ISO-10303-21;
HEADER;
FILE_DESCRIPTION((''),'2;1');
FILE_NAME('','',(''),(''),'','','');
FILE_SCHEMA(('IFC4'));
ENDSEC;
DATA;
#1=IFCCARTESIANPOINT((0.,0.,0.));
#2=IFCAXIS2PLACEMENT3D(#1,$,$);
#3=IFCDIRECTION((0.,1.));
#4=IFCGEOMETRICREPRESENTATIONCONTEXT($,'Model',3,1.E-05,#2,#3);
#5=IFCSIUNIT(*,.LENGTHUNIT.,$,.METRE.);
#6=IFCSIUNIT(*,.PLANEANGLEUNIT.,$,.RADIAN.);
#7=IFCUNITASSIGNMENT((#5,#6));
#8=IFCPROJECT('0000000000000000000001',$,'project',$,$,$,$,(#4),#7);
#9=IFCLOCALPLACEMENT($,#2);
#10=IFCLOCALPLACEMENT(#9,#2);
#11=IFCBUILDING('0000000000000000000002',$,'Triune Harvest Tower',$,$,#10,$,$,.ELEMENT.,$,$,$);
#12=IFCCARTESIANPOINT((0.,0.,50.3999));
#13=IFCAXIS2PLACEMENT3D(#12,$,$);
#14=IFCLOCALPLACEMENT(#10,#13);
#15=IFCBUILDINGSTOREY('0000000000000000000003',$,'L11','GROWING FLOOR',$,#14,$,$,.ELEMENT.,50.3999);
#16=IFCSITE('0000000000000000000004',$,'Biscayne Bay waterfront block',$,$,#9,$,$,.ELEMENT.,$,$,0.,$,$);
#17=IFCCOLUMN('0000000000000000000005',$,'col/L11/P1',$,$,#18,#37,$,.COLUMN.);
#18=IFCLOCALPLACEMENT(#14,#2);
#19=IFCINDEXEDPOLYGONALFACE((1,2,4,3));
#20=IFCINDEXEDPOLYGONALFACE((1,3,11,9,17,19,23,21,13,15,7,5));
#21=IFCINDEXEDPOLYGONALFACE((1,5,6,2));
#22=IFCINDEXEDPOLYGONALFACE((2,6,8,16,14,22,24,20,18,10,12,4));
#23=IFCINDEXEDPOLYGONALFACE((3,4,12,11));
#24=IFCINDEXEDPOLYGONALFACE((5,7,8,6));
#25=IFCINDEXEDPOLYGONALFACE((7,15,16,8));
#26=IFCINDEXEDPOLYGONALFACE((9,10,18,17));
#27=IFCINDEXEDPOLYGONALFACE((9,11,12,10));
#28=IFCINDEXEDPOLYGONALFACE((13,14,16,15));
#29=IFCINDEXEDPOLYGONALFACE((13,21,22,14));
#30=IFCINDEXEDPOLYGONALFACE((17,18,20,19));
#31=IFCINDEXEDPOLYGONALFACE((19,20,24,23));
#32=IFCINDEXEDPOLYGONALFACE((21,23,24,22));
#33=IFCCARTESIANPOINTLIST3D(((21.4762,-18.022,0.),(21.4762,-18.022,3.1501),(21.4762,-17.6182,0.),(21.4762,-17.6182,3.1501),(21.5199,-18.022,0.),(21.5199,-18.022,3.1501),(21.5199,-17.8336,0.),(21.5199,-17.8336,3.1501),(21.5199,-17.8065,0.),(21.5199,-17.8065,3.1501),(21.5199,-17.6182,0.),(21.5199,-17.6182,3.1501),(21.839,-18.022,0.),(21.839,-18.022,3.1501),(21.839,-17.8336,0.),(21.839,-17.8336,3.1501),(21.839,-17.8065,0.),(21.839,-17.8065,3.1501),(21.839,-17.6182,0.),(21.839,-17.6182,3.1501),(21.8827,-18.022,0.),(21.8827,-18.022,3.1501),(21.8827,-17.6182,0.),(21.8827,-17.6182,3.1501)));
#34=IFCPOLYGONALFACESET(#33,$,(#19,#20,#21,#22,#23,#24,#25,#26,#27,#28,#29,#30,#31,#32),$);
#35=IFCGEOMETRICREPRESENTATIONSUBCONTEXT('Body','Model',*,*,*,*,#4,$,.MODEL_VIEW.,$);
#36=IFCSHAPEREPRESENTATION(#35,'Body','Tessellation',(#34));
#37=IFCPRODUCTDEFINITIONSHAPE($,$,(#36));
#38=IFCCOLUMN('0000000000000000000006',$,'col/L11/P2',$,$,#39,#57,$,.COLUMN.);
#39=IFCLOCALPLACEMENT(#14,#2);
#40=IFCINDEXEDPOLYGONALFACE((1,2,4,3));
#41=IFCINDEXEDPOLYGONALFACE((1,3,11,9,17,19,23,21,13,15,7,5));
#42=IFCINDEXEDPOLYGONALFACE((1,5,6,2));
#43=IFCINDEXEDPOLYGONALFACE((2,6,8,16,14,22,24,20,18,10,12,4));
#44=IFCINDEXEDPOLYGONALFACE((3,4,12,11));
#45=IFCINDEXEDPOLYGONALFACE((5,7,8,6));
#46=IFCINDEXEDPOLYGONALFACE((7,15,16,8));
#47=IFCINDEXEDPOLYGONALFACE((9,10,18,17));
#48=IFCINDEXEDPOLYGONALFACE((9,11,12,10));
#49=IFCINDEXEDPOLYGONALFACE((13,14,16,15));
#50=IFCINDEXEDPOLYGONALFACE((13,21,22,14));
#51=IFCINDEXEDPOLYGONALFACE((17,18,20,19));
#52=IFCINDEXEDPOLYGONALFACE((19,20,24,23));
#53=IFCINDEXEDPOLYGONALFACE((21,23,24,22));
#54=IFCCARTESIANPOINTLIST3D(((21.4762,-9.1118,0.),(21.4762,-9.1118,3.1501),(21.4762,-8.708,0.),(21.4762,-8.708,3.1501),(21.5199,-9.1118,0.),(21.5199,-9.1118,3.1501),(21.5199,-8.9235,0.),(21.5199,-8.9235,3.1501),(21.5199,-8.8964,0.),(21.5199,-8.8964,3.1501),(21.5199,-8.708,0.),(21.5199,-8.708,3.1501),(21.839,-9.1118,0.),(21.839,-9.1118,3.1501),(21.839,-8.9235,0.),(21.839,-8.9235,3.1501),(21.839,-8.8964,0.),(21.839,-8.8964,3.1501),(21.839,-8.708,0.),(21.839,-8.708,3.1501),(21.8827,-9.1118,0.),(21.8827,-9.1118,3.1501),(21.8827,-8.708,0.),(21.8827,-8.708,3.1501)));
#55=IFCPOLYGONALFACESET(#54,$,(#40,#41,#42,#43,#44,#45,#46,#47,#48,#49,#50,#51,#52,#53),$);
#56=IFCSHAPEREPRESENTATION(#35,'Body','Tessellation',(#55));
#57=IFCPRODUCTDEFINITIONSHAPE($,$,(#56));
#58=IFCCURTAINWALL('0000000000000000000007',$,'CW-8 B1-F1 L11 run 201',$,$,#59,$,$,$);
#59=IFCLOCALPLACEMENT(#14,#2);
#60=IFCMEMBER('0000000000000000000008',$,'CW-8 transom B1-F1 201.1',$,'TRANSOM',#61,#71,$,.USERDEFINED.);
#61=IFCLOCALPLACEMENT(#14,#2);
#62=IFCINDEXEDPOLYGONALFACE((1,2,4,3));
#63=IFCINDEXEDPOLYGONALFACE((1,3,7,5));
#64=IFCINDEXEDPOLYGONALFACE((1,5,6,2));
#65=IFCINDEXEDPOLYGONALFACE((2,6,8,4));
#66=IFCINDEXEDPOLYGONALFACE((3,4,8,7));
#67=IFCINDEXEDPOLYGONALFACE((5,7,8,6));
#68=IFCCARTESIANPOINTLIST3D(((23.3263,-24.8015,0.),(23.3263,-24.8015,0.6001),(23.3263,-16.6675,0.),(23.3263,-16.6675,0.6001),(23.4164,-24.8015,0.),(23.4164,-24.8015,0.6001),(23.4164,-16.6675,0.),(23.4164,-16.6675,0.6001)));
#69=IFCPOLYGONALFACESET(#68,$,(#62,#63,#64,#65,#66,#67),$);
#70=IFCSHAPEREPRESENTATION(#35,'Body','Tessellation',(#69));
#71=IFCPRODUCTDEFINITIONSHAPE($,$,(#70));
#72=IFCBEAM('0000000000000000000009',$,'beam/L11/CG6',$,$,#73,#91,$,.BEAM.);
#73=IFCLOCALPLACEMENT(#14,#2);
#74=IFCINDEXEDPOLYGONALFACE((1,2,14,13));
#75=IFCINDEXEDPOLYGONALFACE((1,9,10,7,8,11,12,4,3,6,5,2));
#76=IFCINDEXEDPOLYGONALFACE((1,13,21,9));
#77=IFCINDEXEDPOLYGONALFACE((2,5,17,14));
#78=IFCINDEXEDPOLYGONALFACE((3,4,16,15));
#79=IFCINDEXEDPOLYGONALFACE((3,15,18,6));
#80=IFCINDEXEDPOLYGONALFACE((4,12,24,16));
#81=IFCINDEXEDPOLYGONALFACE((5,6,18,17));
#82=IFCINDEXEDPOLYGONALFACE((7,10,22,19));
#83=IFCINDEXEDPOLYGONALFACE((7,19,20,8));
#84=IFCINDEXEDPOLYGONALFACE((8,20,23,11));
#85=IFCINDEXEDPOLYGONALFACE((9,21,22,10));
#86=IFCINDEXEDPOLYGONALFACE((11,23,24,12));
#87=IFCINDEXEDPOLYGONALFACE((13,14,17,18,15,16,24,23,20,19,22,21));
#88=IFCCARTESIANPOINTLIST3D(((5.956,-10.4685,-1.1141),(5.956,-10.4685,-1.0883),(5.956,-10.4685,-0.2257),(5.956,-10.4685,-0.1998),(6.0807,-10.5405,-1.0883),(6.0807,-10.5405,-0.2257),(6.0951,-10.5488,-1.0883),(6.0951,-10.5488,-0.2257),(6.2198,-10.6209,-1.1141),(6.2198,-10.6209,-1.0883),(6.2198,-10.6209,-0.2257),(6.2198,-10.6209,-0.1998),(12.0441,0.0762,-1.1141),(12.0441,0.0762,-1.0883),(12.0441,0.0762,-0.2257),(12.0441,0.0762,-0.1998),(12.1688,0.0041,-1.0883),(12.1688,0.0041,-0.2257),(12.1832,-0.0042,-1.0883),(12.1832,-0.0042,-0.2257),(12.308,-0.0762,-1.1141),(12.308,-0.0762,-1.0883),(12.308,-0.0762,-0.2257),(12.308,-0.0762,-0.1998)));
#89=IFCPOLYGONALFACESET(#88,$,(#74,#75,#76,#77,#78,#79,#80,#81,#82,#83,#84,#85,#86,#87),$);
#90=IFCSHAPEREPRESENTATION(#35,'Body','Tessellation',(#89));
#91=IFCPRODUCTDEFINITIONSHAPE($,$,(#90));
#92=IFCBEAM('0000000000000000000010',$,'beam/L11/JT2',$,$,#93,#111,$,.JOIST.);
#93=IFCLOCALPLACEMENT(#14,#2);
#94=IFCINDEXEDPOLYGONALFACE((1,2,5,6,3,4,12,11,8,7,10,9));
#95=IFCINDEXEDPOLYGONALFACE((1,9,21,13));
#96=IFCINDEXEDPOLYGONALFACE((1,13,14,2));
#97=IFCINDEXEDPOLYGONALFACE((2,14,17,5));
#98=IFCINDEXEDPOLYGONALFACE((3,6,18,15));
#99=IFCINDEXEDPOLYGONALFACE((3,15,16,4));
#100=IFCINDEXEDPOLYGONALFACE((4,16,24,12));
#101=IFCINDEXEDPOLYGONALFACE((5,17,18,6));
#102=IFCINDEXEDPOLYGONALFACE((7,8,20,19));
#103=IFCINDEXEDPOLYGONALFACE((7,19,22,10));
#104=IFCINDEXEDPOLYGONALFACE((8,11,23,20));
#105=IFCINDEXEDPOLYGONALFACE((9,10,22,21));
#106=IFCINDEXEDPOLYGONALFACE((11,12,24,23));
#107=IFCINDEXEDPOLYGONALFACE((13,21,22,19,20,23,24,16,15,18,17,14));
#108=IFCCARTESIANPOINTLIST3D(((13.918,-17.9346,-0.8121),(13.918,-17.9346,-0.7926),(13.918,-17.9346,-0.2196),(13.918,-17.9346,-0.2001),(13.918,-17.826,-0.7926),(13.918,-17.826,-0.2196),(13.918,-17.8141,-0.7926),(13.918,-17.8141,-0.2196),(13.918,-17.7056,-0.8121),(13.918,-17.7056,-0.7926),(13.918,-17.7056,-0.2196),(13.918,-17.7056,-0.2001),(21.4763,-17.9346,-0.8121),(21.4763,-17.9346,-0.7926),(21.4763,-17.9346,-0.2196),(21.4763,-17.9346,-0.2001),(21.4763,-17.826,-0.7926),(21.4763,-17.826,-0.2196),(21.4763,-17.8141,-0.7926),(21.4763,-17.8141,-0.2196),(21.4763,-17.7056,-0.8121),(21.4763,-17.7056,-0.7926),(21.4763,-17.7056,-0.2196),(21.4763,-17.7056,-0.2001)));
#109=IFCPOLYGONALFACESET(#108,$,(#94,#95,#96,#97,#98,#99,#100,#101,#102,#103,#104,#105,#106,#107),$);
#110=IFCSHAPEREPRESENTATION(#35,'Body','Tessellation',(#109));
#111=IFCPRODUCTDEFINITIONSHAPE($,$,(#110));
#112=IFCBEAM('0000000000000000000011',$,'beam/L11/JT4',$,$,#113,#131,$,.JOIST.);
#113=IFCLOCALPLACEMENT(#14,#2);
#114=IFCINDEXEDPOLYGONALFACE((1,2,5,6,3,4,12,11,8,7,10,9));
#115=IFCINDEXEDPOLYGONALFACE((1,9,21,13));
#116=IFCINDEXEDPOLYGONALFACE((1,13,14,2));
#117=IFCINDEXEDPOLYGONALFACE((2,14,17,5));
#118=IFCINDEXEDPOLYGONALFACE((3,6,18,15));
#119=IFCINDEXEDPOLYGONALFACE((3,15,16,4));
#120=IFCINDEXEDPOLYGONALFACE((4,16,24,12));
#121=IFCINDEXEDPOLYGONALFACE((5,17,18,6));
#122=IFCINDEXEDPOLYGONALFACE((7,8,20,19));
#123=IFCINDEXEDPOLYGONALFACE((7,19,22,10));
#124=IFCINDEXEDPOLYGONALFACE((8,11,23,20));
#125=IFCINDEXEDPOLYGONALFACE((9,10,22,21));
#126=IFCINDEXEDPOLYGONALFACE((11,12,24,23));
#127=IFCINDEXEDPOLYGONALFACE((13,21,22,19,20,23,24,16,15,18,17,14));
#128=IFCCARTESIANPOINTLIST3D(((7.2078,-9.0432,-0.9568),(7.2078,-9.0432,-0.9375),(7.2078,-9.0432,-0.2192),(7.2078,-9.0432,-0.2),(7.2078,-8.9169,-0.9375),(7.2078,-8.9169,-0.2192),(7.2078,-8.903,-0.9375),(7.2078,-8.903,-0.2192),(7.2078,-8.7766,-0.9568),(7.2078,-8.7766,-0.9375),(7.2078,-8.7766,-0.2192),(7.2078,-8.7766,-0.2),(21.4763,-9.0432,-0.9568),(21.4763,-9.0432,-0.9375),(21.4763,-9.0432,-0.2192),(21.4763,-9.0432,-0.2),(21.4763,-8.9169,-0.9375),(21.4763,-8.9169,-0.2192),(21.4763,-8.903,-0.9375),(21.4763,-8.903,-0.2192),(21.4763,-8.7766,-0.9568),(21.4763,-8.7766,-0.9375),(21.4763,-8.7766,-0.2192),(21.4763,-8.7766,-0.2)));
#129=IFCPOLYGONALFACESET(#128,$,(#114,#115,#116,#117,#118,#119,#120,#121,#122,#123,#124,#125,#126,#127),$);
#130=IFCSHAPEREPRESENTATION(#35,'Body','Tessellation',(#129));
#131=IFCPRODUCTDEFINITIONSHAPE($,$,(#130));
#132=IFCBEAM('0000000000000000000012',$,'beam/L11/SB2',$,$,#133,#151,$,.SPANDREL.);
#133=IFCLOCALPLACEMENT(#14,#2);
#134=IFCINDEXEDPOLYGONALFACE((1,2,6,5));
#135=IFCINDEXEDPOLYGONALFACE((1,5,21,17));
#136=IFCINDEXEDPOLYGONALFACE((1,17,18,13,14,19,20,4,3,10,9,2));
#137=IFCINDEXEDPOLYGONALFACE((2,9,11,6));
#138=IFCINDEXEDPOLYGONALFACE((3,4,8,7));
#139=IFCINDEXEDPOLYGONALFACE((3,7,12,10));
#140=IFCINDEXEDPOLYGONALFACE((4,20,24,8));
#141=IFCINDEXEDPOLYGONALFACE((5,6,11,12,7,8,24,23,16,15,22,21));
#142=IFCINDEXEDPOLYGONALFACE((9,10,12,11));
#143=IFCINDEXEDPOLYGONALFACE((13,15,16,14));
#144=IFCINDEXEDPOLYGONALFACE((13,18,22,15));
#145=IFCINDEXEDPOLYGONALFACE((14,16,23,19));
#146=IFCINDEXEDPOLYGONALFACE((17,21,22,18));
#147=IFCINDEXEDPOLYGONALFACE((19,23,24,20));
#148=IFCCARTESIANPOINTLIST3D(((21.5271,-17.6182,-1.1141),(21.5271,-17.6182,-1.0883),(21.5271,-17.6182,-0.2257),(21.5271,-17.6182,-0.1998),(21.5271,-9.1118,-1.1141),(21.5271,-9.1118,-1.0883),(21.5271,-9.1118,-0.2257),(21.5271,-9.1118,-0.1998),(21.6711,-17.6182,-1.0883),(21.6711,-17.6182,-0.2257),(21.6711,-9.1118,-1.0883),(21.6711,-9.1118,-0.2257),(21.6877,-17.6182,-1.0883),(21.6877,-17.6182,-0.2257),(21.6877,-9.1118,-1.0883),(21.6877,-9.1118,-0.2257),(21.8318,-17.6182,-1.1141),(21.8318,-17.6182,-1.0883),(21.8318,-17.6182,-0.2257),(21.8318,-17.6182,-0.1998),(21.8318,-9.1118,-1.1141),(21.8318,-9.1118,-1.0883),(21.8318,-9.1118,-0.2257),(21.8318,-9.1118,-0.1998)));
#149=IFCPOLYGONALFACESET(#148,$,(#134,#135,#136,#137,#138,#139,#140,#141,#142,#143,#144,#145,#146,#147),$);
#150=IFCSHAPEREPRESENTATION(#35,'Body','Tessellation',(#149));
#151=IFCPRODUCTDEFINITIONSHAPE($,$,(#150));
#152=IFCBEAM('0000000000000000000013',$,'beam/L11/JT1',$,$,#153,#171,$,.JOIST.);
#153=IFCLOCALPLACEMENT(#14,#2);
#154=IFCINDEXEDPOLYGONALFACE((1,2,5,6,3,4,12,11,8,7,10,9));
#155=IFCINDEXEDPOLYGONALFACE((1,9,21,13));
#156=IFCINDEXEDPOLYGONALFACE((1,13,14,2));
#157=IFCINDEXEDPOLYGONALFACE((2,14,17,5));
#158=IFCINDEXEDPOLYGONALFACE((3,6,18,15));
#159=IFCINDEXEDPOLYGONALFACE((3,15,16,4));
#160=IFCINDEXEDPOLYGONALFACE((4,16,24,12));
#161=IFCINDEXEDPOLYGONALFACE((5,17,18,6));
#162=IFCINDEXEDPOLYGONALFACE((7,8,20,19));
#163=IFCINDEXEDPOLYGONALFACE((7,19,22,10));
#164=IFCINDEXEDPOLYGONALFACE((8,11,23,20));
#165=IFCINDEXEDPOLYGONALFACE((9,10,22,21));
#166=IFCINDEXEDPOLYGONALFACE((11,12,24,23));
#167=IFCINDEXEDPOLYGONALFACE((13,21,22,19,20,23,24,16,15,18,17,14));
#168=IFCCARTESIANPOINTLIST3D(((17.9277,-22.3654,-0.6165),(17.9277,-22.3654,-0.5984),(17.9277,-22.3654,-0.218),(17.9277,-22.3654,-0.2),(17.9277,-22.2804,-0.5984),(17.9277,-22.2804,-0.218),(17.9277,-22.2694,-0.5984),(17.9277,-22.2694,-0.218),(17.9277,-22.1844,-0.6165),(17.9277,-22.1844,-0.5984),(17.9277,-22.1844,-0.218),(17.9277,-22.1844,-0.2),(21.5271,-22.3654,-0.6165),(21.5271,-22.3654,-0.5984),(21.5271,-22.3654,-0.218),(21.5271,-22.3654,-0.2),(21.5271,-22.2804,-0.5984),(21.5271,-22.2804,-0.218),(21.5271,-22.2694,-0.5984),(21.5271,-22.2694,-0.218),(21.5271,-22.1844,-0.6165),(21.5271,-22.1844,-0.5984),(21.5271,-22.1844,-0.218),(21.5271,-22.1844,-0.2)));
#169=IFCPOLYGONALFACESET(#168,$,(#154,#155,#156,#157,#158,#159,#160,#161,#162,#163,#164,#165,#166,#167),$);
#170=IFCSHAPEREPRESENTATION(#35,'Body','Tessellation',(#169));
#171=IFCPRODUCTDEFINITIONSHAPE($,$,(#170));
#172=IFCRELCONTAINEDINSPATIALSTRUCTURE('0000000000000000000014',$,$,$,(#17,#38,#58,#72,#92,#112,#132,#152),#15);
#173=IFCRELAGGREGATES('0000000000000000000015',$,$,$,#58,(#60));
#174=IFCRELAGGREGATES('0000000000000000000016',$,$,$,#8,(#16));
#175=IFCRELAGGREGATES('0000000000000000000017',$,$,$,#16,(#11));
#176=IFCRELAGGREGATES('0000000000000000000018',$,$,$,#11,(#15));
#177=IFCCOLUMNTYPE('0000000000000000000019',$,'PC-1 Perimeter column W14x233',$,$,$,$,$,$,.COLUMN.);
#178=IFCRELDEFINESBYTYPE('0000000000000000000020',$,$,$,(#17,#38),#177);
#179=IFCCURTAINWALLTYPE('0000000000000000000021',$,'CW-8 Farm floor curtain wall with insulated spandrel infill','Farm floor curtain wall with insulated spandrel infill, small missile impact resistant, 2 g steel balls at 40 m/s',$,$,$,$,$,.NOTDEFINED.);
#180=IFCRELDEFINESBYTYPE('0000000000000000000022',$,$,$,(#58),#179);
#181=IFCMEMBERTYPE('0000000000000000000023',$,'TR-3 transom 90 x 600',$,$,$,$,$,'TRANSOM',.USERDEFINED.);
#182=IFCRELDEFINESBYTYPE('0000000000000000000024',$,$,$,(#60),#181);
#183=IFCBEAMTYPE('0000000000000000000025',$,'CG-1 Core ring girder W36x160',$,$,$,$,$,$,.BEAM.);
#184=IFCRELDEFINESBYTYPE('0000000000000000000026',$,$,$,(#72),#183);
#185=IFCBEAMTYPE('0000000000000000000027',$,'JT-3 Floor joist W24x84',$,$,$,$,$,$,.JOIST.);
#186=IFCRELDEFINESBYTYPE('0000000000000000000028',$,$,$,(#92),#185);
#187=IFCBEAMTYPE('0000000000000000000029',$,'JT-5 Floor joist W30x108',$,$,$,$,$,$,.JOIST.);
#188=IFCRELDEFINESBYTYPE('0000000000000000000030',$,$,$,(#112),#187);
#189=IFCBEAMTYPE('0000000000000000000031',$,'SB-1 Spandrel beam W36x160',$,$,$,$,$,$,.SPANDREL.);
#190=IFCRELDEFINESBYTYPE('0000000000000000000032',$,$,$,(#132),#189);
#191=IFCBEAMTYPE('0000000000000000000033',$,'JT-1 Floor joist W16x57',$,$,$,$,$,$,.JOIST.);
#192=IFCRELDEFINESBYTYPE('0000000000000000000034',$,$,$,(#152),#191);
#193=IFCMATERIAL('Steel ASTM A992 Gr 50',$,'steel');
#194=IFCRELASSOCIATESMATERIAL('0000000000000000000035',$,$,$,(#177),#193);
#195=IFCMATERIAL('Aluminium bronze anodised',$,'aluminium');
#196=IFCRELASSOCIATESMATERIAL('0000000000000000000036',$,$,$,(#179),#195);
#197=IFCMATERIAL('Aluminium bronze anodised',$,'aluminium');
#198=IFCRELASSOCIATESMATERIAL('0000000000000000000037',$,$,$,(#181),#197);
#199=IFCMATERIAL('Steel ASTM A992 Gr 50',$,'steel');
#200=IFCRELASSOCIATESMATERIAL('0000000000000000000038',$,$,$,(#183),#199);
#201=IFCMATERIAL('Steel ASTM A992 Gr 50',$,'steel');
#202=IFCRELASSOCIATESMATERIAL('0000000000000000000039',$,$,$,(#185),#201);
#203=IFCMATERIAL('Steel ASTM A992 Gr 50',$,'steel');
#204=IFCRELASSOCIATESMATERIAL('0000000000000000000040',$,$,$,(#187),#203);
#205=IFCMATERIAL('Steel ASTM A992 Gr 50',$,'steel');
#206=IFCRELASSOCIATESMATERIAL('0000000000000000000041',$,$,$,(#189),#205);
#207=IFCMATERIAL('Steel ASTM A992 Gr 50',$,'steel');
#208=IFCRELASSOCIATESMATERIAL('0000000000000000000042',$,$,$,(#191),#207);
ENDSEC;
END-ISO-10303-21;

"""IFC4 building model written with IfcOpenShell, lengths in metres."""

from ifc_helpers import new_model, si_unit, direction, frame, origin, origin_2d, place, context, subcontext, project, spatial, rectangle, i_section, extrude, source, transform, mapped, material, material_profile, profile_set, type_object, element, aggregate, save


model = new_model("IFC4")

# Units and contexts
model_context = context("Model", 3, precision=1e-05, world=origin(), true_north=direction((0.0, 1.0)))
body_context = subcontext(model_context, "Body", "Model", "MODEL_VIEW")
ifc_project = project(units=[si_unit("LENGTHUNIT", "METRE"), si_unit("PLANEANGLEUNIT", "RADIAN")], contexts=[model_context])

# Site, building, storey
site_placement = place(None, origin())
site = spatial("IfcSite", under=ifc_project, at=site_placement, Name="Biscayne Bay waterfront block", CompositionType="ELEMENT", RefElevation=0.0)
building_placement = place(site_placement, origin())
building = spatial("IfcBuilding", under=site, at=building_placement, Name="Triune Harvest Tower", CompositionType="ELEMENT")
storey_placement = place(building_placement, frame((0.0, 0.0, 50.3999)))
storey = spatial("IfcBuildingStorey", under=building, at=storey_placement, Name="L11", Description="GROWING FLOOR", CompositionType="ELEMENT", Elevation=50.3999)

# Columns
ifc_material_1 = material(Name="Steel ASTM A992 Gr 50", Category="steel")
ifc_material_profile_1 = material_profile(ifc_material_1, i_section(OverallWidth=0.4038, OverallDepth=0.4065, WebThickness=0.0271, FlangeThickness=0.0437, at=origin_2d()), Name="W14x233")
ifc_profile_set_1 = profile_set([ifc_material_profile_1], Name="Steel ASTM A992 Gr 50")
column_type = type_object("IfcColumnType", Name="PC-1 Perimeter column W14x233", PredefinedType="COLUMN", material=ifc_profile_set_1)
shared_shape_1 = source(origin(), body_context, "Body", "SweptSolid", [
    extrude(i_section(OverallWidth=0.4038, OverallDepth=0.4065, WebThickness=0.0271, FlangeThickness=0.0437, at=origin_2d()), origin(), (0.0, 0.0, 1.0), 3.1501),
])
for number, where, z_axis, x_axis, name in (
    (1, (21.6794, -17.8201, 0.0), (0.0, 0.0, 1.0), (0.0, 1.0, 0.0), "col/L11/P1"),
    (2, (21.6794, -8.9099, 0.0), (0.0, 0.0, 1.0), (0.0, 1.0, 0.0), "col/L11/P2"),
):
    element("IfcColumn", number, at=place(storey_placement, frame(where, z_axis=z_axis, x_axis=x_axis)), inside=storey, type_object=column_type, Name=name, PredefinedType="COLUMN", context=body_context, shape_type="MappedRepresentation", body=[
        mapped(shared_shape_1, transform((0.0, 0.0, 0.0), scale=1.0)),
    ])

# Curtain wall, member
ifc_material_2 = material(Name="Aluminium bronze anodised", Category="aluminium")
curtain_wall_type_1 = type_object("IfcCurtainWallType", Name="CW-8 Farm floor curtain wall with insulated spandrel infill", Description="Farm floor curtain wall with insulated spandrel infill, small missile impact resistant, 2 g steel balls at 40 m/s", PredefinedType="NOTDEFINED", material=ifc_material_2)
curtain_wall_1_placement = place(storey_placement, origin())
curtain_wall_1 = element("IfcCurtainWall", 3, at=curtain_wall_1_placement, inside=storey, type_object=curtain_wall_type_1, Name="CW-8 B1-F1 L11 run 201")
ifc_material_3 = material(Name="Aluminium bronze anodised", Category="aluminium")
ifc_material_profile_2 = material_profile(ifc_material_3, rectangle(XDim=0.0901, YDim=0.6001, at=origin_2d()), Name="TR-3 transom 90 x 600")
ifc_profile_set_2 = profile_set([ifc_material_profile_2], Name="Aluminium bronze anodised")
member_type_1 = type_object("IfcMemberType", Name="TR-3 transom 90 x 600", ElementType="TRANSOM", PredefinedType="USERDEFINED", material=ifc_profile_set_2)
member_1_placement = place(storey_placement, frame((23.3713, -24.8015, 0.3), z_axis=(0.0, 1.0, 0.0), x_axis=(-1.0, 0.0, 0.0)))
member_1 = element("IfcMember", 4, at=member_1_placement, type_object=member_type_1, Name="CW-8 transom B1-F1 201.1", ObjectType="TRANSOM", PredefinedType="USERDEFINED", context=body_context, shape_type="SweptSolid", body=[
    extrude(rectangle(XDim=0.0901, YDim=0.6001, at=origin_2d()), origin(), (0.0, 0.0, 1.0), 8.134),
])

# Beams
ifc_material_4 = material(Name="Steel ASTM A992 Gr 50", Category="steel")
ifc_material_profile_3 = material_profile(ifc_material_4, i_section(OverallWidth=0.3047, OverallDepth=0.9143, WebThickness=0.0166, FlangeThickness=0.0259, at=origin_2d()), Name="W36x160")
ifc_profile_set_3 = profile_set([ifc_material_profile_3], Name="Steel ASTM A992 Gr 50")
beam_type_1 = type_object("IfcBeamType", Name="CG-1 Core ring girder W36x160", PredefinedType="BEAM", material=ifc_profile_set_3)
shared_shape_2 = source(origin(), body_context, "Body", "SweptSolid", [
    extrude(i_section(OverallWidth=0.3047, OverallDepth=0.9143, WebThickness=0.0166, FlangeThickness=0.0259, at=origin_2d()), origin(), (0.0, 0.0, 1.0), 12.176),
])
beam_1_placement = place(storey_placement, frame((6.0879, -10.5447, -0.657), z_axis=(0.50001, 0.86602, 0.0), x_axis=(-0.86602, 0.50001, 0.0)))
element("IfcBeam", 5, at=beam_1_placement, inside=storey, type_object=beam_type_1, Name="beam/L11/CG6", PredefinedType="BEAM", context=body_context, shape_type="MappedRepresentation", body=[
    mapped(shared_shape_2, transform((0.0, 0.0, 0.0), scale=1.0)),
])
ifc_material_5 = material(Name="Steel ASTM A992 Gr 50", Category="steel")
ifc_material_profile_4 = material_profile(ifc_material_5, i_section(OverallWidth=0.229, OverallDepth=0.6121, WebThickness=0.012, FlangeThickness=0.0195, at=origin_2d()), Name="W24x84")
ifc_profile_set_4 = profile_set([ifc_material_profile_4], Name="Steel ASTM A992 Gr 50")
beam_type_2 = type_object("IfcBeamType", Name="JT-3 Floor joist W24x84", PredefinedType="JOIST", material=ifc_profile_set_4)
shared_shape_3 = source(origin(), body_context, "Body", "SweptSolid", [
    extrude(i_section(OverallWidth=0.229, OverallDepth=0.6121, WebThickness=0.012, FlangeThickness=0.0195, at=origin_2d()), origin(), (0.0, 0.0, 1.0), 7.5583),
])
beam_2_placement = place(storey_placement, frame((21.4763, -17.8201, -0.5061), z_axis=(-1.0, 0.0, 0.0), x_axis=(0.0, -1.0, 0.0)))
element("IfcBeam", 6, at=beam_2_placement, inside=storey, type_object=beam_type_2, Name="beam/L11/JT2", PredefinedType="JOIST", context=body_context, shape_type="MappedRepresentation", body=[
    mapped(shared_shape_3, transform((0.0, 0.0, 0.0), scale=1.0)),
])
ifc_material_6 = material(Name="Steel ASTM A992 Gr 50", Category="steel")
ifc_material_profile_5 = material_profile(ifc_material_6, i_section(OverallWidth=0.2666, OverallDepth=0.7568, WebThickness=0.0139, FlangeThickness=0.0193, at=origin_2d()), Name="W30x108")
ifc_profile_set_5 = profile_set([ifc_material_profile_5], Name="Steel ASTM A992 Gr 50")
beam_type_3 = type_object("IfcBeamType", Name="JT-5 Floor joist W30x108", PredefinedType="JOIST", material=ifc_profile_set_5)
shared_shape_4 = source(origin(), body_context, "Body", "SweptSolid", [
    extrude(i_section(OverallWidth=0.2666, OverallDepth=0.7568, WebThickness=0.0139, FlangeThickness=0.0193, at=origin_2d()), origin(), (0.0, 0.0, 1.0), 14.2686),
])
beam_3_placement = place(storey_placement, frame((21.4763, -8.9099, -0.5784), z_axis=(-1.0, 0.0, 0.0), x_axis=(0.0, -1.0, 0.0)))
element("IfcBeam", 7, at=beam_3_placement, inside=storey, type_object=beam_type_3, Name="beam/L11/JT4", PredefinedType="JOIST", context=body_context, shape_type="MappedRepresentation", body=[
    mapped(shared_shape_4, transform((0.0, 0.0, 0.0), scale=1.0)),
])
ifc_material_7 = material(Name="Steel ASTM A992 Gr 50", Category="steel")
ifc_material_profile_6 = material_profile(ifc_material_7, i_section(OverallWidth=0.3047, OverallDepth=0.9143, WebThickness=0.0166, FlangeThickness=0.0259, at=origin_2d()), Name="W36x160")
ifc_profile_set_6 = profile_set([ifc_material_profile_6], Name="Steel ASTM A992 Gr 50")
beam_type_4 = type_object("IfcBeamType", Name="SB-1 Spandrel beam W36x160", PredefinedType="SPANDREL", material=ifc_profile_set_6)
shared_shape_5 = source(origin(), body_context, "Body", "SweptSolid", [
    extrude(i_section(OverallWidth=0.3047, OverallDepth=0.9143, WebThickness=0.0166, FlangeThickness=0.0259, at=origin_2d()), origin(), (0.0, 0.0, 1.0), 8.5063),
])
beam_4_placement = place(storey_placement, frame((21.6794, -17.6182, -0.657), z_axis=(0.0, 1.0, 0.0), x_axis=(-1.0, 0.0, 0.0)))
element("IfcBeam", 8, at=beam_4_placement, inside=storey, type_object=beam_type_4, Name="beam/L11/SB2", PredefinedType="SPANDREL", context=body_context, shape_type="MappedRepresentation", body=[
    mapped(shared_shape_5, transform((0.0, 0.0, 0.0), scale=1.0)),
])
ifc_material_8 = material(Name="Steel ASTM A992 Gr 50", Category="steel")
ifc_material_profile_7 = material_profile(ifc_material_8, i_section(OverallWidth=0.1809, OverallDepth=0.4165, WebThickness=0.011, FlangeThickness=0.0181, at=origin_2d()), Name="W16x57")
ifc_profile_set_7 = profile_set([ifc_material_profile_7], Name="Steel ASTM A992 Gr 50")
beam_type_5 = type_object("IfcBeamType", Name="JT-1 Floor joist W16x57", PredefinedType="JOIST", material=ifc_profile_set_7)
shared_shape_6 = source(origin(), body_context, "Body", "SweptSolid", [
    extrude(i_section(OverallWidth=0.1809, OverallDepth=0.4165, WebThickness=0.011, FlangeThickness=0.0181, at=origin_2d()), origin(), (0.0, 0.0, 1.0), 3.5994),
])
beam_5_placement = place(storey_placement, frame((21.5271, -22.2749, -0.4082), z_axis=(-1.0, 0.0, 0.0), x_axis=(0.0, -1.0, 0.0)))
element("IfcBeam", 9, at=beam_5_placement, inside=storey, type_object=beam_type_5, Name="beam/L11/JT1", PredefinedType="JOIST", context=body_context, shape_type="MappedRepresentation", body=[
    mapped(shared_shape_6, transform((0.0, 0.0, 0.0), scale=1.0)),
])

aggregate(curtain_wall_1, [member_1])

save(model, "model.ifc")
